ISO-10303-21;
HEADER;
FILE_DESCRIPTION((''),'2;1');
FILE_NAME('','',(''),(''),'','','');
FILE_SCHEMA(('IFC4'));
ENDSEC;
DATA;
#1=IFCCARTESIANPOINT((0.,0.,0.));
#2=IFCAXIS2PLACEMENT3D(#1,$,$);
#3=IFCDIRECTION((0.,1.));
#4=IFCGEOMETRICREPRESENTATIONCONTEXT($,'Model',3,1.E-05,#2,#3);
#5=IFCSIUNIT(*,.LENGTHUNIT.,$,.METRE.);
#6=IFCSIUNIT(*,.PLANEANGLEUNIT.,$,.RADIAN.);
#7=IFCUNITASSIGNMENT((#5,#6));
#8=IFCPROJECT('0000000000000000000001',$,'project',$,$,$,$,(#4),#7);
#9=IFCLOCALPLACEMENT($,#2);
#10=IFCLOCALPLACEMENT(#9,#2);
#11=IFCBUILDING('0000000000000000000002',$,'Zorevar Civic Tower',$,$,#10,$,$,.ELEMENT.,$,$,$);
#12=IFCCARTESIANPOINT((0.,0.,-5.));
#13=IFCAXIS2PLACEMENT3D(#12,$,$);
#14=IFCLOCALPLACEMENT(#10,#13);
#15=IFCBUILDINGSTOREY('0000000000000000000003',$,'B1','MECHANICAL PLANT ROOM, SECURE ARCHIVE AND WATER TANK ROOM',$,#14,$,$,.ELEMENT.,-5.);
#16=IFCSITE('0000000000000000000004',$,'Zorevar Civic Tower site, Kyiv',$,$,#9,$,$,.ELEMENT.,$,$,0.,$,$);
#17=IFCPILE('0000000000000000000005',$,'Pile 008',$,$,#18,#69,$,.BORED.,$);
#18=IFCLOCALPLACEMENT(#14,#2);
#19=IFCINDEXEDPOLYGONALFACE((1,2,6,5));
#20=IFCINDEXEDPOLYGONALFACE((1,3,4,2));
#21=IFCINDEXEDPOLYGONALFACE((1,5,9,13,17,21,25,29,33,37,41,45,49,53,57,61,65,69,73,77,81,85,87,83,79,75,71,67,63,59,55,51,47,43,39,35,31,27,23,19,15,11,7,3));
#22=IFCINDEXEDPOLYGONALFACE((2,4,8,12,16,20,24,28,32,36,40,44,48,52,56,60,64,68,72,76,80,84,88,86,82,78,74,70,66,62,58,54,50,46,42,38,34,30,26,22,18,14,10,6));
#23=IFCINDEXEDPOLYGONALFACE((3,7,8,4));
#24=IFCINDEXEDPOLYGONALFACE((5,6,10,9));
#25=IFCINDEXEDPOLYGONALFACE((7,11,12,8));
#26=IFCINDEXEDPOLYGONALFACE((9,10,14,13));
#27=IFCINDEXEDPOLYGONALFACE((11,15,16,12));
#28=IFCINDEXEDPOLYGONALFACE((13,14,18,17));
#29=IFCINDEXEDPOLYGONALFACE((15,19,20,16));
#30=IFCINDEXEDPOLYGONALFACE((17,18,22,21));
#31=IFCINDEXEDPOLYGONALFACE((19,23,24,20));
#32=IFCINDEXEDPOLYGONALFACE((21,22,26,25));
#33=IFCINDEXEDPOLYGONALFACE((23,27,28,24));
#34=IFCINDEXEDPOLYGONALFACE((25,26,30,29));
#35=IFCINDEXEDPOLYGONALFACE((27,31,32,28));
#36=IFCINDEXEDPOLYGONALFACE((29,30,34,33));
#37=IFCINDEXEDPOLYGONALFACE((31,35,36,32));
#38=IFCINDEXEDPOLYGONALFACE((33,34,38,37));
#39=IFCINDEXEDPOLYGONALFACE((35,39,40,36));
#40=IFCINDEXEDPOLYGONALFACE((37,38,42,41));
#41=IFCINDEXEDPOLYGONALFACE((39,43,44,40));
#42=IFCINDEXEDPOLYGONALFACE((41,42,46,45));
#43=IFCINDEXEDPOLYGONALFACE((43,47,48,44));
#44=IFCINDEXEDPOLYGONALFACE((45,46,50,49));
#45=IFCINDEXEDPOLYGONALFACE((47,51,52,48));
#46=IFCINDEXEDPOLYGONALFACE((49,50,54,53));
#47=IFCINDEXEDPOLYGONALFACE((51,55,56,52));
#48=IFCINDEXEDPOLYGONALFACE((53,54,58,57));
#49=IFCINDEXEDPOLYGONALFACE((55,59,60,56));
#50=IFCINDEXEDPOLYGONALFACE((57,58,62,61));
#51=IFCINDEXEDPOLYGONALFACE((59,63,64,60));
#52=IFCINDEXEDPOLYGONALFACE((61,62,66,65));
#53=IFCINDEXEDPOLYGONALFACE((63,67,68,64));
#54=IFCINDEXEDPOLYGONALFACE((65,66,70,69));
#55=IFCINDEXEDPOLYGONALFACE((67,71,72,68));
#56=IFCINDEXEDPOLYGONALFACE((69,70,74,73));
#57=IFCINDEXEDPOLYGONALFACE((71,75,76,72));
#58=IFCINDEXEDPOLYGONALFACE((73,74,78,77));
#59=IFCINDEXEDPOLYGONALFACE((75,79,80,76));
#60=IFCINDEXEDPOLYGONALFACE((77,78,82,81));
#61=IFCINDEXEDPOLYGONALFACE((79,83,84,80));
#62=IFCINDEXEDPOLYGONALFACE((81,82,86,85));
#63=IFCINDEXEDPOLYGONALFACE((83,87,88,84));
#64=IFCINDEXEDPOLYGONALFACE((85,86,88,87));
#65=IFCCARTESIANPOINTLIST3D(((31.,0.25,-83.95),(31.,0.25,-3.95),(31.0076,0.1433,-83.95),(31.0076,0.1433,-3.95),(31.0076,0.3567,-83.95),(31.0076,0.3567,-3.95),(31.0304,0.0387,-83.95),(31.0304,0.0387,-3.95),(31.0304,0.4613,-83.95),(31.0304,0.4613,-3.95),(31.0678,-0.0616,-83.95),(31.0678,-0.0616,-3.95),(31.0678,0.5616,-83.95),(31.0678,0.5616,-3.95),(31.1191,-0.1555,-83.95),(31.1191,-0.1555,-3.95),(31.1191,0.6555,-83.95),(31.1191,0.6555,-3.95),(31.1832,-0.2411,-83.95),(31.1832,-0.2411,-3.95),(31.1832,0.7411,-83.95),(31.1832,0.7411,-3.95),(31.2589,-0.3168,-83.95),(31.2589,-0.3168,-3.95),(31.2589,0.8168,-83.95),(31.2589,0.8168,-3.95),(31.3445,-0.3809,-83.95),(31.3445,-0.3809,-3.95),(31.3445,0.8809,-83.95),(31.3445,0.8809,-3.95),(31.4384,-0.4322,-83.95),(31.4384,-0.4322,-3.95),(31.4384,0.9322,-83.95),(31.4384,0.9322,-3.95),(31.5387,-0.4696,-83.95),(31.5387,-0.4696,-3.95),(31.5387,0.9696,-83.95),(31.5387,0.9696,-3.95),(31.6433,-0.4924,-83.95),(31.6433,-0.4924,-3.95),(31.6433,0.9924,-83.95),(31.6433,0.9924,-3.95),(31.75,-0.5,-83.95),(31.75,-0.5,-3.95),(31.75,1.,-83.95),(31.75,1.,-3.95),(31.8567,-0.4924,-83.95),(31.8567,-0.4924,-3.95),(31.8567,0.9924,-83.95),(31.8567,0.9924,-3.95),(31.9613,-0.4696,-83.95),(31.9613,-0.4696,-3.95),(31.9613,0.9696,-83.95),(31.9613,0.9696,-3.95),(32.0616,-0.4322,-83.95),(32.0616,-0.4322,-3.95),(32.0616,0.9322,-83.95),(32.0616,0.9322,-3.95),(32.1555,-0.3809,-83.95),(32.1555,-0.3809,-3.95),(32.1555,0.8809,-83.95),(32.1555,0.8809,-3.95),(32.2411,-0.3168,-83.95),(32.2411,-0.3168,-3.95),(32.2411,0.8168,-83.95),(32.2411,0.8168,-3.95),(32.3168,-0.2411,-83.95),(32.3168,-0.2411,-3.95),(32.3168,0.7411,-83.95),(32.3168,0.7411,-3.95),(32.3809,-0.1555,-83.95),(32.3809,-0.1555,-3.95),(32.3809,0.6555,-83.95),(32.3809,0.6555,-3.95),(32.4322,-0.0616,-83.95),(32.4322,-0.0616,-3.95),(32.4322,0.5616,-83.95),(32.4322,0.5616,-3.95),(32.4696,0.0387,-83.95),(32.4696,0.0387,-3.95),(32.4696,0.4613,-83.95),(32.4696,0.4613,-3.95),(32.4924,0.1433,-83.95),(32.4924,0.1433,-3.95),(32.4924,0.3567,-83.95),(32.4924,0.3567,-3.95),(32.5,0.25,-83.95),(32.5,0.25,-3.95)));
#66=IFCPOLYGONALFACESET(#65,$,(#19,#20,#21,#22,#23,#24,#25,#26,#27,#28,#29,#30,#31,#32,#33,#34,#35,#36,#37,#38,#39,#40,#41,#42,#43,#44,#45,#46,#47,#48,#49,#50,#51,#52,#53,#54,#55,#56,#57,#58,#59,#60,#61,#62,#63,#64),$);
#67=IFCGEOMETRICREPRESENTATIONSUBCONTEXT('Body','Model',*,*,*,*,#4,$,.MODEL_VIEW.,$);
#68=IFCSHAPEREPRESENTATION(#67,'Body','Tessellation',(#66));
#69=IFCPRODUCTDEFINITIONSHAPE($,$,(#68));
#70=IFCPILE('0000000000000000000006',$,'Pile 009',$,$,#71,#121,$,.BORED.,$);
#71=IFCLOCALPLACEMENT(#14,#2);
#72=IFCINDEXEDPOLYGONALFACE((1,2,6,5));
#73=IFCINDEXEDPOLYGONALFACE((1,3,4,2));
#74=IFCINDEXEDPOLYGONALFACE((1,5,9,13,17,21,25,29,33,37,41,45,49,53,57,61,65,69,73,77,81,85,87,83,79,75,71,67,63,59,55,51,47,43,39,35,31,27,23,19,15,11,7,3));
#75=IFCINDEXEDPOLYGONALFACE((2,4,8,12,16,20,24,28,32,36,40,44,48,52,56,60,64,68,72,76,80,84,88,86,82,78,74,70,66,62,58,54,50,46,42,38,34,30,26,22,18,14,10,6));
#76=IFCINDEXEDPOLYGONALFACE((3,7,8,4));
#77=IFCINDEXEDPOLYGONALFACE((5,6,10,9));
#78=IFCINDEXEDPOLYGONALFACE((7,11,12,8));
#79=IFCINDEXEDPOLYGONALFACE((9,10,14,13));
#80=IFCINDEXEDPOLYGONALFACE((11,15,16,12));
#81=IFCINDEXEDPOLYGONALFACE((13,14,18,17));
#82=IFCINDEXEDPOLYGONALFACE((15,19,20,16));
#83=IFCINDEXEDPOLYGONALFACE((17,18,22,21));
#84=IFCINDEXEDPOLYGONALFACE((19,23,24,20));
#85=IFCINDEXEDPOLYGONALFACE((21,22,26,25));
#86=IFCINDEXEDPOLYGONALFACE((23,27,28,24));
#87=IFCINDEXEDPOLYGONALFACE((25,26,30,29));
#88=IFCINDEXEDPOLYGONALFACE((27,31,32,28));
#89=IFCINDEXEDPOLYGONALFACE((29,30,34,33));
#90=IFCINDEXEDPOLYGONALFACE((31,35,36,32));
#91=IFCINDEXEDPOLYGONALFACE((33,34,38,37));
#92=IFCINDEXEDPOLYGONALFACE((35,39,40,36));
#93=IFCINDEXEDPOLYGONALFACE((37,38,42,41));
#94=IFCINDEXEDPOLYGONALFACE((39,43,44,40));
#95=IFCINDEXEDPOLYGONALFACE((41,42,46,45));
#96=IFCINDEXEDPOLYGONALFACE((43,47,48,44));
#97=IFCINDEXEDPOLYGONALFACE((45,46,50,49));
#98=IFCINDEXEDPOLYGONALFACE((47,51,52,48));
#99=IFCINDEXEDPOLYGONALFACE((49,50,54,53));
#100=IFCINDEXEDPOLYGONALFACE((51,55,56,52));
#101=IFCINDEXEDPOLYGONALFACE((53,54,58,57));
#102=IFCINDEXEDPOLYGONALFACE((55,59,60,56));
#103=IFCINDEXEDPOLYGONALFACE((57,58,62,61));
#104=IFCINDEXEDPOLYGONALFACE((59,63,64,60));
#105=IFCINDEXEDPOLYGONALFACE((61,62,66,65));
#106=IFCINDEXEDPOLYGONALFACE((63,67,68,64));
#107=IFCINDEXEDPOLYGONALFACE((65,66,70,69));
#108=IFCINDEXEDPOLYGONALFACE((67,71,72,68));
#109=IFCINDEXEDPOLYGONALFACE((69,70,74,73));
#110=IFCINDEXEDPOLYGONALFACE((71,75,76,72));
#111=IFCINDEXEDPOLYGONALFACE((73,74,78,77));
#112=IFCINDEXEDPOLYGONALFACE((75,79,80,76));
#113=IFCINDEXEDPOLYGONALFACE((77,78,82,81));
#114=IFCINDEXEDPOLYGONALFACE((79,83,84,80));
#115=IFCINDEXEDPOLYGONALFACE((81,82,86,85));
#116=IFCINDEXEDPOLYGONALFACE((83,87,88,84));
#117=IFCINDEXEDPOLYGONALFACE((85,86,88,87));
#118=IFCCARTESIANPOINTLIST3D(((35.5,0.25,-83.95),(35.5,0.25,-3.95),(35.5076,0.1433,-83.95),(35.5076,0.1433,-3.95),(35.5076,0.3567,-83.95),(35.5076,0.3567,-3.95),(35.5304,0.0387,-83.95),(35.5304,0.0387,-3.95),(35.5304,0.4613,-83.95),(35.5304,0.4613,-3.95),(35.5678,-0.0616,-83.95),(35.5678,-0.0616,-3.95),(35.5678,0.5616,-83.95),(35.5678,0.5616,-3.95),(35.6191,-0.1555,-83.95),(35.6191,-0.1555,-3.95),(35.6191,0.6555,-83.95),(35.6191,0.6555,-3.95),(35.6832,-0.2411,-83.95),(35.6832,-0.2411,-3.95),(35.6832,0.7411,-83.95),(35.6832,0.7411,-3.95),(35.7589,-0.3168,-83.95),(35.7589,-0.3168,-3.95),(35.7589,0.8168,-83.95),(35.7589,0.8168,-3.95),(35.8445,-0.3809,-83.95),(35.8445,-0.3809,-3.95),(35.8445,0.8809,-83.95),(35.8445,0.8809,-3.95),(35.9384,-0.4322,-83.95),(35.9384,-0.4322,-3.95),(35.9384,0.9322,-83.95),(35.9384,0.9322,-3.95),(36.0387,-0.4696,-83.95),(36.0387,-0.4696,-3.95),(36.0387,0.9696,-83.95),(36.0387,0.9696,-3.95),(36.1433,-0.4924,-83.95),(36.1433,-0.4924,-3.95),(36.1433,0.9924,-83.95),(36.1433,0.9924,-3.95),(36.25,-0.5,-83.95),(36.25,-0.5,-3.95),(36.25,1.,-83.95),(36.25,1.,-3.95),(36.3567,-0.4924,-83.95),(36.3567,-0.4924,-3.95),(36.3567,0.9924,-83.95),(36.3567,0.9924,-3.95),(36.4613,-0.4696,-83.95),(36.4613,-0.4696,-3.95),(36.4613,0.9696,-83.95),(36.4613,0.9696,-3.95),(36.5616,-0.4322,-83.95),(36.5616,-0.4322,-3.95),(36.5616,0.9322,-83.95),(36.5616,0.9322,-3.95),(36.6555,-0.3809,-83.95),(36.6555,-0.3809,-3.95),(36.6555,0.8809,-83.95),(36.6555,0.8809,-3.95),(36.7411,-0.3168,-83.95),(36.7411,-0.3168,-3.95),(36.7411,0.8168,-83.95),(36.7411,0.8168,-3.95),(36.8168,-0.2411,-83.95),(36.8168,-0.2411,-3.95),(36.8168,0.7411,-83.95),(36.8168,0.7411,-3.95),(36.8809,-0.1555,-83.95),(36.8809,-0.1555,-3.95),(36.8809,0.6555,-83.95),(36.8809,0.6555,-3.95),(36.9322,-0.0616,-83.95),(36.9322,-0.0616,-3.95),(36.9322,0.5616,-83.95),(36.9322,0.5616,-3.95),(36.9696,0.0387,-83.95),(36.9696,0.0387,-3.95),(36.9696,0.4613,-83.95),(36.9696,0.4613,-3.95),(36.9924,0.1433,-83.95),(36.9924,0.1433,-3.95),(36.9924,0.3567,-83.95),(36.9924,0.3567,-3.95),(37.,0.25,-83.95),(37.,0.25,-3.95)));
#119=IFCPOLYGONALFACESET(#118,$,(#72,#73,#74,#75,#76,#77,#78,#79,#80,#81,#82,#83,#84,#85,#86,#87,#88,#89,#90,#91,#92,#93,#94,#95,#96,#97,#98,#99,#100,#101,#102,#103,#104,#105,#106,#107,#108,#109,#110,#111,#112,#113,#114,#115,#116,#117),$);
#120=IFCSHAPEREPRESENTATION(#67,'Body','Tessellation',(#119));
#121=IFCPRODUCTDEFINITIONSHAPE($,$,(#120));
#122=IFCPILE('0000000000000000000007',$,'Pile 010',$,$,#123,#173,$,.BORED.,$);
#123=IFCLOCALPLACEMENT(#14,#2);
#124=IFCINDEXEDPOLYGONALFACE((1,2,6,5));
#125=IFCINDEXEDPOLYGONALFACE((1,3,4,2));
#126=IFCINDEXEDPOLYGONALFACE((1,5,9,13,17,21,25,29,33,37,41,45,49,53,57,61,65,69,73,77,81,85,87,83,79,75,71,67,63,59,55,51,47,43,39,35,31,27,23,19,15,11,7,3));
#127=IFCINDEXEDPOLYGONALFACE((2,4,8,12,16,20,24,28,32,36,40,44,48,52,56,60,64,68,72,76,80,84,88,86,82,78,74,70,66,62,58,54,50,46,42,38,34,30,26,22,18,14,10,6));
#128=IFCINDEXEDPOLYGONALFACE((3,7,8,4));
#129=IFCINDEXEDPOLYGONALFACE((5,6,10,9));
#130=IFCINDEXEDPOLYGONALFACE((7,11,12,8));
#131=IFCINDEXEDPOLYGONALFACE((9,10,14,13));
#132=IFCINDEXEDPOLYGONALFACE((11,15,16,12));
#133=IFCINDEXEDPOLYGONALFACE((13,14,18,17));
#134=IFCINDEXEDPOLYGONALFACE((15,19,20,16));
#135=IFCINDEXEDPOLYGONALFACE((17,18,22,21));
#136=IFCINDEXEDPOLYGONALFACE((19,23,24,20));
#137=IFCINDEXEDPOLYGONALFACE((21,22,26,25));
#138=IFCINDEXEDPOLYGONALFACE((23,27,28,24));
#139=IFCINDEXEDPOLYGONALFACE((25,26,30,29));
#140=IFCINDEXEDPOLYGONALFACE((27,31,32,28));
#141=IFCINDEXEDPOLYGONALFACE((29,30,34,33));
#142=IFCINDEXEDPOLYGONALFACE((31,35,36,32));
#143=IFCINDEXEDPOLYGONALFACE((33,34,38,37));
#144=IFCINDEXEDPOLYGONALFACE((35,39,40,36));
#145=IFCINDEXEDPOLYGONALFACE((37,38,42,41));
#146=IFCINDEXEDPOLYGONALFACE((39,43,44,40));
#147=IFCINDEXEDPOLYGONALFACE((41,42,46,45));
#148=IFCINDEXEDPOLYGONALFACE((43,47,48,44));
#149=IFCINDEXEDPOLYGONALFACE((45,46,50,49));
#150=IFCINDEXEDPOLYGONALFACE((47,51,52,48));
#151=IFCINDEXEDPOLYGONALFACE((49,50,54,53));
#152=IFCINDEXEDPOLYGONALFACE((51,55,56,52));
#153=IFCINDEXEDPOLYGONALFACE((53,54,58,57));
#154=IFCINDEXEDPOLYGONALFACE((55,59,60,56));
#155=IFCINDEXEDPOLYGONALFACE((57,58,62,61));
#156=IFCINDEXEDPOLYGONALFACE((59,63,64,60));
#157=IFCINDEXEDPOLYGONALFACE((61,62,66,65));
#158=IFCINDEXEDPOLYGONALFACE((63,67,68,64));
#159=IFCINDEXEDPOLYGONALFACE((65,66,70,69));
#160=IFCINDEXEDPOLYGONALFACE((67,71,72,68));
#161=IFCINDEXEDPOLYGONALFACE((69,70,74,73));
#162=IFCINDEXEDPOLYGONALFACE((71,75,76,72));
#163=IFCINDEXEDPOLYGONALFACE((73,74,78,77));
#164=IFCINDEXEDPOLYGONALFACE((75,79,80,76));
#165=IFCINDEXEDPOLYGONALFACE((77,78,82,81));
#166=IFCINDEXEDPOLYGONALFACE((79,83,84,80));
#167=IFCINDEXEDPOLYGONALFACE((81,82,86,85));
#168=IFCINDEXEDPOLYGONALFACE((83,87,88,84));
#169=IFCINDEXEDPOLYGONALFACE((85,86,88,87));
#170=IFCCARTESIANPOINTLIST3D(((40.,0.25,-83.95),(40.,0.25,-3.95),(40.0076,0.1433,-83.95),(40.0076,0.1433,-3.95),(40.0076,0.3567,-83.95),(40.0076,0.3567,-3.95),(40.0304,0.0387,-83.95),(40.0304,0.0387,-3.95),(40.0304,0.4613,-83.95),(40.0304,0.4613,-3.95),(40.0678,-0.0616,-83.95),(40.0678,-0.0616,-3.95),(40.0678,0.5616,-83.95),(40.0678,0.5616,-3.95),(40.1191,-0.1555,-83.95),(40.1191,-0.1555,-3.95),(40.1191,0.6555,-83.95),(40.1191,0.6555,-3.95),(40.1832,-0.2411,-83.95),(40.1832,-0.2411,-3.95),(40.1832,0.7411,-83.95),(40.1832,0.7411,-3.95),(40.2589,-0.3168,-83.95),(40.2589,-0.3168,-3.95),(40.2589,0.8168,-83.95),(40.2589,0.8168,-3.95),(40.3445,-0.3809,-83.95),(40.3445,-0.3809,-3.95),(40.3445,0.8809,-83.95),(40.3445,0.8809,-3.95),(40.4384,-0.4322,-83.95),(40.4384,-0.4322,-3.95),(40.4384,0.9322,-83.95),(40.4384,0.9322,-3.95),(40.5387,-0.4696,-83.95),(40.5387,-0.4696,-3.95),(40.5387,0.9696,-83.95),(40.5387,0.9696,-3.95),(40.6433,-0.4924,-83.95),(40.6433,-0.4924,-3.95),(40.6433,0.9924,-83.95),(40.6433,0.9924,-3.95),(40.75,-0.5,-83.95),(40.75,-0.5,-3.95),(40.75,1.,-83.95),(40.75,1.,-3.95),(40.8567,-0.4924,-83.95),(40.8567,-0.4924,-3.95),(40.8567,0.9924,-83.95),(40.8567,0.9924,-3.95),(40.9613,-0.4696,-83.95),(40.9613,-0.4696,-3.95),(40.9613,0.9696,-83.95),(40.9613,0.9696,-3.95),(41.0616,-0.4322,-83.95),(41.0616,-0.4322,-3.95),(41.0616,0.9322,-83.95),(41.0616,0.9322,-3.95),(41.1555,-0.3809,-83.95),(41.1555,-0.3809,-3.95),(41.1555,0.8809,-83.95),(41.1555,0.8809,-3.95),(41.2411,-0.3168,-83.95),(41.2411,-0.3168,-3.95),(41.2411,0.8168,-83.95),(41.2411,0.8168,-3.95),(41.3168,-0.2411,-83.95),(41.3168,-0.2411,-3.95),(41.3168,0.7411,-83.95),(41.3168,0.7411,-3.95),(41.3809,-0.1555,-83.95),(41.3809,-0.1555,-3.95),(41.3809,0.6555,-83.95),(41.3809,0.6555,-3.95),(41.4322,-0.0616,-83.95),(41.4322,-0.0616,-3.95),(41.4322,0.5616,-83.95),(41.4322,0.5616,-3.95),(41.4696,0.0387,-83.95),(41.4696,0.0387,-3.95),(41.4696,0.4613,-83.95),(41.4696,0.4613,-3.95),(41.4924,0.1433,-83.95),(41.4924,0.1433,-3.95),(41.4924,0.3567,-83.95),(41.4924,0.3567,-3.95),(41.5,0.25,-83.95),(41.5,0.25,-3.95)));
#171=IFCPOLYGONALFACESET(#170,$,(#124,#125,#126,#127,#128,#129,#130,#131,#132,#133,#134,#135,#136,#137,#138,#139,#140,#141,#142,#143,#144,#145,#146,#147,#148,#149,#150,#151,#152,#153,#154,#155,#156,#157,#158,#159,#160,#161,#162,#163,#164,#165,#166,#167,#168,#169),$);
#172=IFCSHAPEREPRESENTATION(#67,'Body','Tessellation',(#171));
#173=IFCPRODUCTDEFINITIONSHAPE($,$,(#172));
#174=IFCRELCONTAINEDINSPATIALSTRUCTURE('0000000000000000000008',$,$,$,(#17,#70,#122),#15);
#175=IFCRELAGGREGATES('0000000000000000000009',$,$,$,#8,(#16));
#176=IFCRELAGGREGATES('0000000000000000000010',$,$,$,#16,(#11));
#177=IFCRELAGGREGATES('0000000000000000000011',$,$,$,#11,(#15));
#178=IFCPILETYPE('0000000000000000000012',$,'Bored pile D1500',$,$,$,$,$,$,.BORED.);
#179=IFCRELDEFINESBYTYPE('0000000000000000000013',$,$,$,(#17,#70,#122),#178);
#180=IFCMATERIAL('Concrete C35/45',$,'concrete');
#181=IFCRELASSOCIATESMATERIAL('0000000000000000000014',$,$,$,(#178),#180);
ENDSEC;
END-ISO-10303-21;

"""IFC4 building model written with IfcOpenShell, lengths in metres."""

from ifc_helpers import new_model, si_unit, direction, frame, origin, origin_2d, place, context, subcontext, project, spatial, circle, extrude, material, type_object, element, save


model = new_model("IFC4")

# Units and contexts
model_context = context("Model", 3, precision=1e-05, world=origin(), true_north=direction((0.0, 1.0)))
body_context = subcontext(model_context, "Body", "Model", "MODEL_VIEW")
ifc_project = project(units=[si_unit("LENGTHUNIT", "METRE"), si_unit("PLANEANGLEUNIT", "RADIAN")], contexts=[model_context])

# Site, building, storey
site_placement = place(None, origin())
site = spatial("IfcSite", under=ifc_project, at=site_placement, Name="Zorevar Civic Tower site, Kyiv", CompositionType="ELEMENT", RefElevation=0.0)
building_placement = place(site_placement, origin())
building = spatial("IfcBuilding", under=site, at=building_placement, Name="Zorevar Civic Tower", CompositionType="ELEMENT")
storey_placement = place(building_placement, frame((0.0, 0.0, -5.0)))
storey = spatial("IfcBuildingStorey", under=building, at=storey_placement, Name="B1", Description="MECHANICAL PLANT ROOM, SECURE ARCHIVE AND WATER TANK ROOM", CompositionType="ELEMENT", Elevation=-5.0)

# Piles
ifc_material_1 = material(Name="Concrete C35/45", Category="concrete")
pile_type = type_object("IfcPileType", Name="Bored pile D1500", PredefinedType="BORED", material=ifc_material_1)
for number, where, z_axis, x_axis, name in (
    (1, (31.75, 0.25, -3.95), (0.0, 0.0, -1.0), (1.0, 0.0, 0.0), "Pile 008"),
    (2, (36.25, 0.25, -3.95), (0.0, 0.0, -1.0), (1.0, 0.0, 0.0), "Pile 009"),
    (3, (40.75, 0.25, -3.95), (0.0, 0.0, -1.0), (1.0, 0.0, 0.0), "Pile 010"),
):
    element("IfcPile", number, at=place(storey_placement, frame(where, z_axis=z_axis, x_axis=x_axis)), inside=storey, type_object=pile_type, Name=name, PredefinedType="BORED", context=body_context, shape_type="SweptSolid", body=[
        extrude(circle(Radius=0.75, at=origin_2d()), origin(), (0.0, 0.0, 1.0), 80.0),
    ])

save(model, "model.ifc")
